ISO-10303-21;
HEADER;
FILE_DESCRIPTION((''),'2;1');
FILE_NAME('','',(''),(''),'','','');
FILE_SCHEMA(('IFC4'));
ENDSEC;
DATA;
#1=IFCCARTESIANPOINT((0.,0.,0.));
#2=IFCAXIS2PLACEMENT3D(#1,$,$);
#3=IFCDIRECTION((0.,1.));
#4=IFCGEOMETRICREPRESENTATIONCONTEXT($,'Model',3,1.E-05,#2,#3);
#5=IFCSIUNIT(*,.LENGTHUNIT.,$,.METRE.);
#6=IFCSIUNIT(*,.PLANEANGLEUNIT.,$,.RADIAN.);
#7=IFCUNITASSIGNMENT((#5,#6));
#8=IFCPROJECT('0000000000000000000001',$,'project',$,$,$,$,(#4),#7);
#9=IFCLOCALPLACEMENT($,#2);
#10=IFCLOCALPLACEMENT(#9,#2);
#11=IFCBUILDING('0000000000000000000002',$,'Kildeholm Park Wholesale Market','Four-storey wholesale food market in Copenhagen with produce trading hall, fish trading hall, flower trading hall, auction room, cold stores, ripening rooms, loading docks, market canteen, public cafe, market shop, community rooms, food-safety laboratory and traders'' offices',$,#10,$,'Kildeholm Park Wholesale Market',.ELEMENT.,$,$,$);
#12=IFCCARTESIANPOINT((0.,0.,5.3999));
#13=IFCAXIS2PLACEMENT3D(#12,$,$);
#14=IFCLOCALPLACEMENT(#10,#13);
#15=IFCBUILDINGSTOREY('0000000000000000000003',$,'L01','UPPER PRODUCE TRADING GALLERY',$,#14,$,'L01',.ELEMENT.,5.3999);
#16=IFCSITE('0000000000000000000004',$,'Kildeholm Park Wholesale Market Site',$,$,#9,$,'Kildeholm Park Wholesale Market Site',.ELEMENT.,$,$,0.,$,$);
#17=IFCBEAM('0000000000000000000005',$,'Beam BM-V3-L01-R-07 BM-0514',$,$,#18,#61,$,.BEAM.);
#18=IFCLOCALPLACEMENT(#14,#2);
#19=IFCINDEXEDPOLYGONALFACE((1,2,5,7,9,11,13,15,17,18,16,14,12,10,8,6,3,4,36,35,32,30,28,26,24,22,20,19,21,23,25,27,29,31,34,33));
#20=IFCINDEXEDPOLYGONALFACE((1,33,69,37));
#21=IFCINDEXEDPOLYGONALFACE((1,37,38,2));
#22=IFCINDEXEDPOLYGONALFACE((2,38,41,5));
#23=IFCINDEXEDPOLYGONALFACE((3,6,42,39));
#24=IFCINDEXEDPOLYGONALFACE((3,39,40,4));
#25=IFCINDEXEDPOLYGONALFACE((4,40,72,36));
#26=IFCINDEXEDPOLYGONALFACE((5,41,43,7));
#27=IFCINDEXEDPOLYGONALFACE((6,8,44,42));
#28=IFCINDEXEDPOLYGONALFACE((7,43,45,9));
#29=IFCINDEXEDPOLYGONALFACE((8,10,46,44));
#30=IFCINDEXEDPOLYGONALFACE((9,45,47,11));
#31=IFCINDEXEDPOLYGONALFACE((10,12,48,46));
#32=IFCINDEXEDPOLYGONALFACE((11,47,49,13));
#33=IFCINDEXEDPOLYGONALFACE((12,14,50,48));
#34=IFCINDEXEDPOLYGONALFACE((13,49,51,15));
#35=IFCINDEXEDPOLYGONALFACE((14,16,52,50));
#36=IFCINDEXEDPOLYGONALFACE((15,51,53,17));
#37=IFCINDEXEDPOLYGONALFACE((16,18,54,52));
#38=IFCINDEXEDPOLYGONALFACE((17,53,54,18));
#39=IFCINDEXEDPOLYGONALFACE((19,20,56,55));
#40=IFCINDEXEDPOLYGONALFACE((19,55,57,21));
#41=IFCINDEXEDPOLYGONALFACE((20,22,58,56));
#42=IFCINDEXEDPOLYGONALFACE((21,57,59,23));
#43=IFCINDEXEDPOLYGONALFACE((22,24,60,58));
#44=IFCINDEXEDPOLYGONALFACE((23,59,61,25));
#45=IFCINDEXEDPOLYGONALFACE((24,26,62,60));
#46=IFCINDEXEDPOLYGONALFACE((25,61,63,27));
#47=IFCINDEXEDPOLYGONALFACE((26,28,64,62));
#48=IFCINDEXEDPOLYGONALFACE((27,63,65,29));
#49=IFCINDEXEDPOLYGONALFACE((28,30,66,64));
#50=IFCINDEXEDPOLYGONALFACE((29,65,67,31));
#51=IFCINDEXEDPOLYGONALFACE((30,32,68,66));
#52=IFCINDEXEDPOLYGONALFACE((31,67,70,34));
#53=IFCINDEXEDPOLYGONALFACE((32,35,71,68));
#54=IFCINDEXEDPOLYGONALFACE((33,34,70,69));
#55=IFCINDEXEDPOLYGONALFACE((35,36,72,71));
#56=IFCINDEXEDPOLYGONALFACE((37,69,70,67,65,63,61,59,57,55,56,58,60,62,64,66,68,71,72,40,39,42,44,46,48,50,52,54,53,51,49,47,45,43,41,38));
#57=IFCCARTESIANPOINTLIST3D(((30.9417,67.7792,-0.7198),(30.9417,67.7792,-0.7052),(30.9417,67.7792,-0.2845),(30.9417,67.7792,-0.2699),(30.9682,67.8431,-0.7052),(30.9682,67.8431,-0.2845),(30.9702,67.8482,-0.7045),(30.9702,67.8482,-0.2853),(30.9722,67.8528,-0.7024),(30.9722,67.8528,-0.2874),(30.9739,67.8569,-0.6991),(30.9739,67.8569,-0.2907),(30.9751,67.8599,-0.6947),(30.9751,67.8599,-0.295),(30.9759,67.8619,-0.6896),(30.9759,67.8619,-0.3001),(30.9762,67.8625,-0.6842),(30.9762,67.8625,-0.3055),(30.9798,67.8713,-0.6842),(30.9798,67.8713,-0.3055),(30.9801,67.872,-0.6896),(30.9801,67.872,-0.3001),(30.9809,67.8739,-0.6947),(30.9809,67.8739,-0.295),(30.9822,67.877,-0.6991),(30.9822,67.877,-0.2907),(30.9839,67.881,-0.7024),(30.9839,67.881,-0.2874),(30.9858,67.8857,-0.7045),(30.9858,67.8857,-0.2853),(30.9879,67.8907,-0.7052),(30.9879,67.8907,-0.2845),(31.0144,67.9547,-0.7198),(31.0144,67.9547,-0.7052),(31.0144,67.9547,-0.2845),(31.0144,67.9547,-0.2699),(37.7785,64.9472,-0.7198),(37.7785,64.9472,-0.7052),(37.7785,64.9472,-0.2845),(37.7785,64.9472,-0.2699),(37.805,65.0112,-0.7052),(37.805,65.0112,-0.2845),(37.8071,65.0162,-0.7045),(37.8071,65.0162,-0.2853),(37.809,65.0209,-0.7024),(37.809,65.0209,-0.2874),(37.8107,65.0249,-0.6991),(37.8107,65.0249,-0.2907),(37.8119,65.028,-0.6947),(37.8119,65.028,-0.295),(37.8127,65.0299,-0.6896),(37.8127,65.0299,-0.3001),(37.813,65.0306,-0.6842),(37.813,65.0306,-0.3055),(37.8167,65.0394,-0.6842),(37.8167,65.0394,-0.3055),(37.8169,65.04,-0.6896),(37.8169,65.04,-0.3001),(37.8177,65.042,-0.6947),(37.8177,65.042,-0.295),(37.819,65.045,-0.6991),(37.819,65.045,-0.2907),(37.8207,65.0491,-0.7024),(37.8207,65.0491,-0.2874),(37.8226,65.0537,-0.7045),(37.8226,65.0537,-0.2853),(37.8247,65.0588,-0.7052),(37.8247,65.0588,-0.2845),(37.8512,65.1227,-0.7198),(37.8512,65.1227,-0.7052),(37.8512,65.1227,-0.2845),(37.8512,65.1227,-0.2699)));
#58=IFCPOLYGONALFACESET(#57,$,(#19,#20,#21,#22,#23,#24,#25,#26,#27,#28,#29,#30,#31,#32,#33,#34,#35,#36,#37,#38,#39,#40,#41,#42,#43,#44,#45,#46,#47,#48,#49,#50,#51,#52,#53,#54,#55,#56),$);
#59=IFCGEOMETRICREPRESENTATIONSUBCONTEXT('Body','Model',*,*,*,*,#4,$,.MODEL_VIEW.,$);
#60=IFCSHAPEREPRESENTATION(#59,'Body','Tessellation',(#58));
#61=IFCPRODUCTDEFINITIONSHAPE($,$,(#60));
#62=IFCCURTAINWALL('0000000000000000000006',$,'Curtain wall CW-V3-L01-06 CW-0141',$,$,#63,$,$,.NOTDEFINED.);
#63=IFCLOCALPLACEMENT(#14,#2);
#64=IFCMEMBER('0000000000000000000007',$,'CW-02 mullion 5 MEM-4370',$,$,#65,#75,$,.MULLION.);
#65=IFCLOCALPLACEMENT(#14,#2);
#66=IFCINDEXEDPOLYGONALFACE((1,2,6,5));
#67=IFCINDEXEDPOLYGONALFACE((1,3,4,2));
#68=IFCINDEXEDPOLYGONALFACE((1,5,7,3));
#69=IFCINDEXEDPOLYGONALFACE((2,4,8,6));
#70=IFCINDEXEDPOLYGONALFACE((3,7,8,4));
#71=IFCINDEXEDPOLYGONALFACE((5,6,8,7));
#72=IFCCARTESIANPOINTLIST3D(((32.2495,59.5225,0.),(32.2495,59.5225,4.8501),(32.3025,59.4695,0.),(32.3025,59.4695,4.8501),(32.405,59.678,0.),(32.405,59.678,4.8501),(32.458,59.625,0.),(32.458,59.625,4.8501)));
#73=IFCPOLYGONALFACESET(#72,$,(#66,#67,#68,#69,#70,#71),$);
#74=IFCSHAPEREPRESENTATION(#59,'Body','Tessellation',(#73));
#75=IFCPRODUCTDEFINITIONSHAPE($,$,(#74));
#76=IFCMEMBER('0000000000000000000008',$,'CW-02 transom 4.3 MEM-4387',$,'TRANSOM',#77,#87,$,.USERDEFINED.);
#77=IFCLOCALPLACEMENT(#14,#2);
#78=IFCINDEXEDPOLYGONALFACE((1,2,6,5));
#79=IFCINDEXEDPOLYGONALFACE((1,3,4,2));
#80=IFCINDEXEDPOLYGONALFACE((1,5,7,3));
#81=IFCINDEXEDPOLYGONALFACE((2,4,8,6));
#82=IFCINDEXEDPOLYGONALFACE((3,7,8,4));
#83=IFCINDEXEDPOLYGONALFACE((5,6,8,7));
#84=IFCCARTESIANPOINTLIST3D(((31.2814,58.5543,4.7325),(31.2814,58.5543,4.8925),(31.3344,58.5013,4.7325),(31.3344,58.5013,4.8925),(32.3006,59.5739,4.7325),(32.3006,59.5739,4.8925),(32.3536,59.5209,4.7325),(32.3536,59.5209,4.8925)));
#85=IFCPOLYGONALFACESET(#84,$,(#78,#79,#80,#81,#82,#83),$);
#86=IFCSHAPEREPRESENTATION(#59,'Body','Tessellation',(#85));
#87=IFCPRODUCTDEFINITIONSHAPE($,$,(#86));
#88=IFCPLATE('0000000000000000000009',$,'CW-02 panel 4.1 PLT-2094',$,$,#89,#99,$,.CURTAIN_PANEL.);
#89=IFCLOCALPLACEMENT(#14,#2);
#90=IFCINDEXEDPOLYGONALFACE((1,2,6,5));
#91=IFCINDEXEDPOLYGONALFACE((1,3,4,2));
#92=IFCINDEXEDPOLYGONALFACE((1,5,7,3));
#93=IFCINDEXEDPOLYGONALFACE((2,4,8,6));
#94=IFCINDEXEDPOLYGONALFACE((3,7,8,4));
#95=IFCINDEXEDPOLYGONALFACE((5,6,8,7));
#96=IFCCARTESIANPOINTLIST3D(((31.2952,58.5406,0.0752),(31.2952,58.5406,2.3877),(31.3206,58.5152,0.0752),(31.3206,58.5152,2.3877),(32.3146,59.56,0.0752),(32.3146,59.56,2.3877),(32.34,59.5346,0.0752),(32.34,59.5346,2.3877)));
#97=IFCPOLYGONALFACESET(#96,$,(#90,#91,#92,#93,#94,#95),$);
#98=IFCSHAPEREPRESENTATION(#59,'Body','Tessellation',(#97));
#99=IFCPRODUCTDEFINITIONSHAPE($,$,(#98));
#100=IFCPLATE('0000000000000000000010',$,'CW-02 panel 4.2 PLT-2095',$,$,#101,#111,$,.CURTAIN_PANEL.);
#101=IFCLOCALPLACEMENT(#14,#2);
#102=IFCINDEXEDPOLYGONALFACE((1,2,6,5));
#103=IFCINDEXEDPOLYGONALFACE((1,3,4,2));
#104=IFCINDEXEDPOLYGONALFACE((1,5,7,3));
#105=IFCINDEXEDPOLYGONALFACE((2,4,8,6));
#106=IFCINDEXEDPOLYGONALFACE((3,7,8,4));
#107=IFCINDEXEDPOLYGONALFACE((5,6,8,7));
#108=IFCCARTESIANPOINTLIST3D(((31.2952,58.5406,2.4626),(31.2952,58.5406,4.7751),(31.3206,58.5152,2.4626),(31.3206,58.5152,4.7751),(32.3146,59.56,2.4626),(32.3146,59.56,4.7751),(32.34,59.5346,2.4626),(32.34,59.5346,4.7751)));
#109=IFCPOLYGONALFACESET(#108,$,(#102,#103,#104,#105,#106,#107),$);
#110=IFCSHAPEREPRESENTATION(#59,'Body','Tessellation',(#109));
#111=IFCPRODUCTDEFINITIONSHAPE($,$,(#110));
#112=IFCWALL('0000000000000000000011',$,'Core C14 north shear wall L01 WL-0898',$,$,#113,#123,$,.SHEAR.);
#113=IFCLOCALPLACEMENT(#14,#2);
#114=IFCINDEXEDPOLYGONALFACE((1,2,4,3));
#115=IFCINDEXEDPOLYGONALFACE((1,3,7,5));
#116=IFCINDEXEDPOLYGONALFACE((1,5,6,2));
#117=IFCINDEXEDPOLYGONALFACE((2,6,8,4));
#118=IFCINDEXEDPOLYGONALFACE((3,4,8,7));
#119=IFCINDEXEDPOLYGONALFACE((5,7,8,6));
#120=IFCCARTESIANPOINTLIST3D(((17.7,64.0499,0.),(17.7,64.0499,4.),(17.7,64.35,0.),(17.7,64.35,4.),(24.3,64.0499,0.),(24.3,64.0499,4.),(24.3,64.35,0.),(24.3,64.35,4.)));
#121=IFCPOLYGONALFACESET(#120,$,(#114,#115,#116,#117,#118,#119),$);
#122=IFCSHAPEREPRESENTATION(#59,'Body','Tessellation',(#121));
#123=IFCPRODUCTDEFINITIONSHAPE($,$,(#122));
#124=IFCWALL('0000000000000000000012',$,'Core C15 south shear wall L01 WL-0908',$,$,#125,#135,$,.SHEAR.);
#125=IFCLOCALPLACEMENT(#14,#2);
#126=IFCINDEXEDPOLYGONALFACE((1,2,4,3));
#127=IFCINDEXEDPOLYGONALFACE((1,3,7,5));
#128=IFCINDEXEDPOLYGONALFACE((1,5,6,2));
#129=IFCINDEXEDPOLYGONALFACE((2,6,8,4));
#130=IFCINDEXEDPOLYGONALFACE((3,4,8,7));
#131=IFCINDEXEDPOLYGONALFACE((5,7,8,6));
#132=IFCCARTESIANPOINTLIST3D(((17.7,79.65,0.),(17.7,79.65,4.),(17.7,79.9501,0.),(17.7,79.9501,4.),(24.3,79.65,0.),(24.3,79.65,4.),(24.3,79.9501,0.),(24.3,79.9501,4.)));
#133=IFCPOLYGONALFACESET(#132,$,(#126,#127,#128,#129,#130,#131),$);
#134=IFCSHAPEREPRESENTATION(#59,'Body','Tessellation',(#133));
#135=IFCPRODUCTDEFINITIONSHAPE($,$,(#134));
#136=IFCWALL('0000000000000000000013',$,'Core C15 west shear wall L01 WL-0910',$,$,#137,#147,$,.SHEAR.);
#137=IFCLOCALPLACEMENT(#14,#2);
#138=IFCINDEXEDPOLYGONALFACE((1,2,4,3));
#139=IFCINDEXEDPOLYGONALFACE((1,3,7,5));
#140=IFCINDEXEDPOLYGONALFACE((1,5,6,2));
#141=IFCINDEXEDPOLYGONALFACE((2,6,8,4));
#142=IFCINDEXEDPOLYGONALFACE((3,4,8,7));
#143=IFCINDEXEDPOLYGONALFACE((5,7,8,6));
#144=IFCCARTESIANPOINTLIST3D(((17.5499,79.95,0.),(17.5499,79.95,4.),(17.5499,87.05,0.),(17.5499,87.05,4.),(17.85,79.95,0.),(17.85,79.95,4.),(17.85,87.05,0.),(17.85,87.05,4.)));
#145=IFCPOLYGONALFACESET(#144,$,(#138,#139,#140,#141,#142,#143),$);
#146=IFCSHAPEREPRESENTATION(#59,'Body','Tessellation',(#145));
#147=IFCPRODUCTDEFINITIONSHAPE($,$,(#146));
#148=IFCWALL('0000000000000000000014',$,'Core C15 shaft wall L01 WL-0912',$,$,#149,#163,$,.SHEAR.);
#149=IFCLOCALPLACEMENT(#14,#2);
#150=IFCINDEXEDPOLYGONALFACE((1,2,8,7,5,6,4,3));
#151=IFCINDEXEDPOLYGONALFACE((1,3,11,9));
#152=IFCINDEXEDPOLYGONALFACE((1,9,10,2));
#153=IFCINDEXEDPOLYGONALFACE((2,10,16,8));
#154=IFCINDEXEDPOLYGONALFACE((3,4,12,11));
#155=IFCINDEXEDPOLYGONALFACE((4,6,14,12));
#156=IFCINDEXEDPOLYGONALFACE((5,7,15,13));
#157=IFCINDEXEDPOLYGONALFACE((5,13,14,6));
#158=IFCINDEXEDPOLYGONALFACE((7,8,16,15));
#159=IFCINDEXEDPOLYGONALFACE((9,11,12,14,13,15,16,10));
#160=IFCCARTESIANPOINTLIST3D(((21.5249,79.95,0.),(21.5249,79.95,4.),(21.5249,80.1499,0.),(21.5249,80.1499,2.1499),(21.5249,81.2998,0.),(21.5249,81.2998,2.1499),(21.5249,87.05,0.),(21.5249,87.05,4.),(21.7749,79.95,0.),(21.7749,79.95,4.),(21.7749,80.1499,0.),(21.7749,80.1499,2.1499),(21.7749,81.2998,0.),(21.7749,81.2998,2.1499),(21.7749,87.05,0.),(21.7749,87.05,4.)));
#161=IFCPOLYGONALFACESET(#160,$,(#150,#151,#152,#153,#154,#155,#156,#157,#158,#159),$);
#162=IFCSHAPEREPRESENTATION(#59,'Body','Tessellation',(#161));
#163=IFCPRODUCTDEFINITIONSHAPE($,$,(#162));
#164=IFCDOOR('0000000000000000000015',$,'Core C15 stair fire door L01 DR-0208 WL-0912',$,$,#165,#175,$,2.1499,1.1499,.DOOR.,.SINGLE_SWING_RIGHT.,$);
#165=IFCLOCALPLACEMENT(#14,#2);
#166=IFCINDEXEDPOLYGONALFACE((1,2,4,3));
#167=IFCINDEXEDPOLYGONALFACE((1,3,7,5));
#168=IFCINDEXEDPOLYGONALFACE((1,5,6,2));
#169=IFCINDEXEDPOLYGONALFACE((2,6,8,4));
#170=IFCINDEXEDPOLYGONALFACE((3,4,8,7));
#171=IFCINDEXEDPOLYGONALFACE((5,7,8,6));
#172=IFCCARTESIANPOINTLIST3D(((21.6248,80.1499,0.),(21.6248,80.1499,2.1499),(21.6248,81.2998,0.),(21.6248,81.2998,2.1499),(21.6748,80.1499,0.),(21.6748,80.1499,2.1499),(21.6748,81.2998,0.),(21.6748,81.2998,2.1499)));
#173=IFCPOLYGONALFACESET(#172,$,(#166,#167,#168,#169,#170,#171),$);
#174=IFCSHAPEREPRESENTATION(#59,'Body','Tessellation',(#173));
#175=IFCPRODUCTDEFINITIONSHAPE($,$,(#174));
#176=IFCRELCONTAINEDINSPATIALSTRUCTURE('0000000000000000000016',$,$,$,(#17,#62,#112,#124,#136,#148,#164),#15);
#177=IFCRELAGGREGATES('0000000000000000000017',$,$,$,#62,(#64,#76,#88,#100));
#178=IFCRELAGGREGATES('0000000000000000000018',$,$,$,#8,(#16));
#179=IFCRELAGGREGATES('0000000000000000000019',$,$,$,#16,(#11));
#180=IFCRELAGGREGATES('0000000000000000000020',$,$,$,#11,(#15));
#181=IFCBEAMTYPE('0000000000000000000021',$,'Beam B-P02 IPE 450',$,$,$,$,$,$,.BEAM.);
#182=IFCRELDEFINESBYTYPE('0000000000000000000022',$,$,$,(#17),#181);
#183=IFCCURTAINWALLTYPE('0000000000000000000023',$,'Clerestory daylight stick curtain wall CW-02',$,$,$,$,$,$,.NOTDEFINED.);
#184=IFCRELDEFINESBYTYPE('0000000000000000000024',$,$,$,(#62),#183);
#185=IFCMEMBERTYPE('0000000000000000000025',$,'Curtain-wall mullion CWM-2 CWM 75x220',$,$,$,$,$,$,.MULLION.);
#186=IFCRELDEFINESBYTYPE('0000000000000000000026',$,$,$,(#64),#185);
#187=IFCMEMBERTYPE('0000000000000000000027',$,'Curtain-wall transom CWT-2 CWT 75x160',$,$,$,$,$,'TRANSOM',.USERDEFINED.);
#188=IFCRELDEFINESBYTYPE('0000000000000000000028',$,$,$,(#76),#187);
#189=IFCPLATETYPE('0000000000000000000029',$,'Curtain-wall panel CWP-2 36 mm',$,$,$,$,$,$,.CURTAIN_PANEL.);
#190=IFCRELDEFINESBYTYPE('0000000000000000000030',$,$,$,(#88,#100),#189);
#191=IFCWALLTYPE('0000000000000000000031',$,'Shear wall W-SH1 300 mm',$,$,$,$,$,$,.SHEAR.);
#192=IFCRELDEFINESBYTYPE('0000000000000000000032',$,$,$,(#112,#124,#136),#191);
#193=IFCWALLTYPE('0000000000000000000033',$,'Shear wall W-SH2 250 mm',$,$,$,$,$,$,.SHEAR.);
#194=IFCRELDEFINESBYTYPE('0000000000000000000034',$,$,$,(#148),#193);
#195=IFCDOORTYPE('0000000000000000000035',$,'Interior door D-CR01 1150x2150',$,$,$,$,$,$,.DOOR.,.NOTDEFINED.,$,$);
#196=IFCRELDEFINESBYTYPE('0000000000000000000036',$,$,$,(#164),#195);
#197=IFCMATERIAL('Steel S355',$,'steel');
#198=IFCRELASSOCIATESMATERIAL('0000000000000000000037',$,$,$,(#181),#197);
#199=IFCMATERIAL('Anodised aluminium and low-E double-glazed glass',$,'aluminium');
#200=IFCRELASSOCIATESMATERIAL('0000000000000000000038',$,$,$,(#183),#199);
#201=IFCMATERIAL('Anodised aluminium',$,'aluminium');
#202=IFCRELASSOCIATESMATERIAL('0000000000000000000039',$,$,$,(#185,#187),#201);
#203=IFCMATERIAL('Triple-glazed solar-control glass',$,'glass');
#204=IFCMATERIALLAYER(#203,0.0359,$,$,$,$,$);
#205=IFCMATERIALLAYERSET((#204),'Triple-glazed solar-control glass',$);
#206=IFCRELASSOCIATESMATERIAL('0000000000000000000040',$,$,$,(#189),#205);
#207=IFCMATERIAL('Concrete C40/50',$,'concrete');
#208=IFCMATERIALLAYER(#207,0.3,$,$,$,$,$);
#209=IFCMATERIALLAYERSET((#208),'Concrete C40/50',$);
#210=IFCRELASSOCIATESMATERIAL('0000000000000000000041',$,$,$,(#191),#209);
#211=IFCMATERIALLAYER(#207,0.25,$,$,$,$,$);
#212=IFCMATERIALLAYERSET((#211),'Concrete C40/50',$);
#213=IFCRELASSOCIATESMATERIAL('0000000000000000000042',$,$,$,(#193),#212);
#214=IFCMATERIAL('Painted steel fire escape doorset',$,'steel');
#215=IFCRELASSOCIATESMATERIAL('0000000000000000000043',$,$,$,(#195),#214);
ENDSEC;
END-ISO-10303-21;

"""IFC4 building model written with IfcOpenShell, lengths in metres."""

from ifc_helpers import new_model, si_unit, direction, frame, frame_2d, origin, origin_2d, place, context, subcontext, project, spatial, rectangle, i_section, extrude, material, layer, layer_set, material_profile, profile_set, type_object, element, fill, aggregate, save


model = new_model("IFC4")

# Units and contexts
model_context = context("Model", 3, precision=1e-05, world=origin(), true_north=direction((0.0, 1.0)))
body_context = subcontext(model_context, "Body", "Model", "MODEL_VIEW")
ifc_project = project(units=[si_unit("LENGTHUNIT", "METRE"), si_unit("PLANEANGLEUNIT", "RADIAN")], contexts=[model_context])

# Site, building, storey
site_placement = place(None, origin())
site = spatial("IfcSite", under=ifc_project, at=site_placement, Name="Kildeholm Park Wholesale Market Site", LongName="Kildeholm Park Wholesale Market Site", CompositionType="ELEMENT", RefElevation=0.0)
building_placement = place(site_placement, origin())
building = spatial("IfcBuilding", under=site, at=building_placement, Name="Kildeholm Park Wholesale Market", Description="Four-storey wholesale food market in Copenhagen with produce trading hall, fish trading hall, flower trading hall, auction room, cold stores, ripening rooms, loading docks, market canteen, public cafe, market shop, community rooms, food-safety laboratory and traders' offices", LongName="Kildeholm Park Wholesale Market", CompositionType="ELEMENT")
storey_placement = place(building_placement, frame((0.0, 0.0, 5.3999)))
storey = spatial("IfcBuildingStorey", under=building, at=storey_placement, Name="L01", Description="UPPER PRODUCE TRADING GALLERY", LongName="L01", CompositionType="ELEMENT", Elevation=5.3999)

# Shared definitions
ifc_material_1 = material(Name="Steel S355", Category="steel")

# Beam
ifc_material_profile_1 = material_profile(ifc_material_1, i_section(OverallWidth=0.1899, OverallDepth=0.45, WebThickness=0.0095, FlangeThickness=0.0146, FilletRadius=0.021, at=origin_2d()), Name="IPE 450")
ifc_profile_set_1 = profile_set([ifc_material_profile_1], Name="Steel S355")
beam_type_1 = type_object("IfcBeamType", Name="Beam B-P02 IPE 450", PredefinedType="BEAM", material=ifc_profile_set_1)
for number, where, z_axis, x_axis, name in (
    (1, (30.978, 67.8669, -0.4949), (0.923875, -0.382694, 0.0), (0.382694, 0.923875, 0.0), "Beam BM-V3-L01-R-07 BM-0514"),
):
    element("IfcBeam", number, at=place(storey_placement, frame(where, z_axis=z_axis, x_axis=x_axis)), inside=storey, type_object=beam_type_1, Name=name, PredefinedType="BEAM", context=body_context, shape_type="SweptSolid", body=[
        extrude(i_section(OverallWidth=0.1899, OverallDepth=0.45, WebThickness=0.0095, FlangeThickness=0.0146, FilletRadius=0.021, at=origin_2d()), origin(), (0.0, 0.0, 1.0), 7.4001),
    ])

# Curtain wall, members, plates
ifc_material_2 = material(Name="Anodised aluminium and low-E double-glazed glass", Category="aluminium")
curtain_wall_type = type_object("IfcCurtainWallType", Name="Clerestory daylight stick curtain wall CW-02", PredefinedType="NOTDEFINED", material=ifc_material_2)
curtain_wall_placement = place(storey_placement, origin())
curtain_wall = element("IfcCurtainWall", 2, at=curtain_wall_placement, inside=storey, type_object=curtain_wall_type, Name="Curtain wall CW-V3-L01-06 CW-0141", PredefinedType="NOTDEFINED")
ifc_material_3 = material(Name="Anodised aluminium", Category="aluminium")
ifc_material_profile_2 = material_profile(ifc_material_3, rectangle(XDim=0.075, YDim=0.22, at=origin_2d()), Name="CWM 75x220")
ifc_profile_set_2 = profile_set([ifc_material_profile_2], Name="Anodised aluminium")
member_type_1 = type_object("IfcMemberType", Name="Curtain-wall mullion CWM-2 CWM 75x220", PredefinedType="MULLION", material=ifc_profile_set_2)
member_1_placement = place(storey_placement, frame((32.3538, 59.5737, 0.0), z_axis=(0.0, 0.0, 1.0), x_axis=(-0.707107, 0.707107, 0.0)))
member_1 = element("IfcMember", 3, at=member_1_placement, type_object=member_type_1, Name="CW-02 mullion 5 MEM-4370", PredefinedType="MULLION", context=body_context, shape_type="SweptSolid", body=[
    extrude(rectangle(XDim=0.075, YDim=0.22, at=origin_2d()), origin(), (0.0, 0.0, 1.0), 4.8501),
])
ifc_material_profile_3 = material_profile(ifc_material_3, rectangle(XDim=0.075, YDim=0.1599, at=origin_2d()), Name="CWT 75x160")
ifc_profile_set_3 = profile_set([ifc_material_profile_3], Name="Anodised aluminium")
member_type_2 = type_object("IfcMemberType", Name="Curtain-wall transom CWT-2 CWT 75x160", ElementType="TRANSOM", PredefinedType="USERDEFINED", material=ifc_profile_set_3)
member_2_placement = place(storey_placement, frame((31.3079, 58.5278, 4.8125), z_axis=(0.707022, 0.707191, 0.0), x_axis=(-0.707191, 0.707022, 0.0)))
member_2 = element("IfcMember", 4, at=member_2_placement, type_object=member_type_2, Name="CW-02 transom 4.3 MEM-4387", ObjectType="TRANSOM", PredefinedType="USERDEFINED", context=body_context, shape_type="SweptSolid", body=[
    extrude(rectangle(XDim=0.075, YDim=0.1599, at=origin_2d()), origin(), (0.0, 0.0, 1.0), 1.4417),
])
ifc_material_4 = material(Name="Triple-glazed solar-control glass", Category="glass")
ifc_layer_1 = layer(ifc_material_4, 0.0359)
ifc_layer_set_1 = layer_set([ifc_layer_1], Name="Triple-glazed solar-control glass")
plate_type = type_object("IfcPlateType", Name="Curtain-wall panel CWP-2 36 mm", PredefinedType="CURTAIN_PANEL", material=ifc_layer_set_1)
plate_1_placement = place(storey_placement, frame((31.8176, 59.0376, 0.0752), z_axis=(0.0, 0.0, 1.0), x_axis=(0.707107, 0.707107, 0.0)))
plate_1 = element("IfcPlate", 5, at=plate_1_placement, type_object=plate_type, Name="CW-02 panel 4.1 PLT-2094", PredefinedType="CURTAIN_PANEL", context=body_context, shape_type="SweptSolid", body=[
    extrude(rectangle(XDim=1.4417, YDim=0.0359, at=origin_2d()), origin(), (0.0, 0.0, 1.0), 2.3125),
])
plate_2_placement = place(storey_placement, frame((31.8176, 59.0376, 2.4626), z_axis=(0.0, 0.0, 1.0), x_axis=(0.707107, 0.707107, 0.0)))
plate_2 = element("IfcPlate", 6, at=plate_2_placement, type_object=plate_type, Name="CW-02 panel 4.2 PLT-2095", PredefinedType="CURTAIN_PANEL", context=body_context, shape_type="SweptSolid", body=[
    extrude(rectangle(XDim=1.4417, YDim=0.0359, at=origin_2d()), origin(), (0.0, 0.0, 1.0), 2.3125),
])
aggregate(curtain_wall, [member_1, member_2, plate_1, plate_2])

# Walls
ifc_material_5 = material(Name="Concrete C40/50", Category="concrete")
ifc_layer_2 = layer(ifc_material_5, 0.3)
ifc_layer_set_2 = layer_set([ifc_layer_2], Name="Concrete C40/50")
wall_type_1 = type_object("IfcWallType", Name="Shear wall W-SH1 300 mm", PredefinedType="SHEAR", material=ifc_layer_set_2)
for number, where, z_axis, x_axis, name in (
    (7, (17.7, 64.2, 0.0), (0.0, 0.0, 1.0), (1.0, 0.0, 0.0), "Core C14 north shear wall L01 WL-0898"),
    (8, (17.7, 79.8, 0.0), (0.0, 0.0, 1.0), (1.0, 0.0, 0.0), "Core C15 south shear wall L01 WL-0908"),
):
    element("IfcWall", number, at=place(storey_placement, frame(where, z_axis=z_axis, x_axis=x_axis)), inside=storey, type_object=wall_type_1, Name=name, PredefinedType="SHEAR", context=body_context, shape_type="SweptSolid", body=[
        extrude(rectangle(XDim=6.6001, YDim=0.3, at=frame_2d((3.3, 0.0))), origin(), (0.0, 0.0, 1.0), 4.0),
    ])
wall_1_placement = place(storey_placement, frame((17.7, 79.95, 0.0), z_axis=(0.0, 0.0, 1.0), x_axis=(0.0, 1.0, 0.0)))
element("IfcWall", 9, at=wall_1_placement, inside=storey, type_object=wall_type_1, Name="Core C15 west shear wall L01 WL-0910", PredefinedType="SHEAR", context=body_context, shape_type="SweptSolid", body=[
    extrude(rectangle(XDim=7.1001, YDim=0.3, at=frame_2d((3.55, 0.0))), origin(), (0.0, 0.0, 1.0), 4.0),
])

# Wall, opening, door
ifc_layer_3 = layer(ifc_material_5, 0.25)
ifc_layer_set_3 = layer_set([ifc_layer_3], Name="Concrete C40/50")
wall_type_2 = type_object("IfcWallType", Name="Shear wall W-SH2 250 mm", PredefinedType="SHEAR", material=ifc_layer_set_3)
wall_2_placement = place(storey_placement, frame((21.6499, 79.95, 0.0), z_axis=(0.0, 0.0, 1.0), x_axis=(0.0, 1.0, 0.0)))
wall_2 = element("IfcWall", 10, at=wall_2_placement, inside=storey, type_object=wall_type_2, Name="Core C15 shaft wall L01 WL-0912", PredefinedType="SHEAR", context=body_context, shape_type="SweptSolid", body=[
    extrude(rectangle(XDim=7.1001, YDim=0.25, at=frame_2d((3.55, 0.0))), origin(), (0.0, 0.0, 1.0), 4.0),
])
opening_1_placement = place(wall_2_placement, frame((0.2, 0.0, 0.0)))
opening_1 = element("IfcOpeningElement", 11, at=opening_1_placement, cuts=wall_2, PredefinedType="OPENING", context=body_context, shape_type="SweptSolid", body=[
    extrude(rectangle(XDim=1.1499, YDim=2.1499, at=frame_2d((0.575, 1.075))), frame((0.0, 0.135, 0.0), z_axis=(0.0, -1.0, 0.0), x_axis=(1.0, 0.0, 0.0)), (0.0, 0.0, 1.0), 0.27),
])
ifc_material_6 = material(Name="Painted steel fire escape doorset", Category="steel")
door_type_1 = type_object("IfcDoorType", Name="Interior door D-CR01 1150x2150", OperationType="NOTDEFINED", PredefinedType="DOOR", material=ifc_material_6)
door_1_placement = place(opening_1_placement, frame((1.1499, 0.0, 0.0), z_axis=(0.0, 0.0, 1.0), x_axis=(-1.0, 0.0, 0.0)))
door_1 = element("IfcDoor", 12, at=door_1_placement, inside=storey, type_object=door_type_1, Name="Core C15 stair fire door L01 DR-0208 WL-0912", OperationType="SINGLE_SWING_RIGHT", OverallHeight=2.1499, OverallWidth=1.1499, PredefinedType="DOOR", context=body_context, shape_type="SweptSolid", body=[
    extrude(rectangle(XDim=1.1499, YDim=2.1499, at=frame_2d((0.575, 1.075))), frame((0.0, 0.0249, 0.0), z_axis=(0.0, -1.0, 0.0), x_axis=(1.0, 0.0, 0.0)), (0.0, 0.0, 1.0), 0.05),
])
fill(opening_1, door_1)

save(model, "model.ifc")
